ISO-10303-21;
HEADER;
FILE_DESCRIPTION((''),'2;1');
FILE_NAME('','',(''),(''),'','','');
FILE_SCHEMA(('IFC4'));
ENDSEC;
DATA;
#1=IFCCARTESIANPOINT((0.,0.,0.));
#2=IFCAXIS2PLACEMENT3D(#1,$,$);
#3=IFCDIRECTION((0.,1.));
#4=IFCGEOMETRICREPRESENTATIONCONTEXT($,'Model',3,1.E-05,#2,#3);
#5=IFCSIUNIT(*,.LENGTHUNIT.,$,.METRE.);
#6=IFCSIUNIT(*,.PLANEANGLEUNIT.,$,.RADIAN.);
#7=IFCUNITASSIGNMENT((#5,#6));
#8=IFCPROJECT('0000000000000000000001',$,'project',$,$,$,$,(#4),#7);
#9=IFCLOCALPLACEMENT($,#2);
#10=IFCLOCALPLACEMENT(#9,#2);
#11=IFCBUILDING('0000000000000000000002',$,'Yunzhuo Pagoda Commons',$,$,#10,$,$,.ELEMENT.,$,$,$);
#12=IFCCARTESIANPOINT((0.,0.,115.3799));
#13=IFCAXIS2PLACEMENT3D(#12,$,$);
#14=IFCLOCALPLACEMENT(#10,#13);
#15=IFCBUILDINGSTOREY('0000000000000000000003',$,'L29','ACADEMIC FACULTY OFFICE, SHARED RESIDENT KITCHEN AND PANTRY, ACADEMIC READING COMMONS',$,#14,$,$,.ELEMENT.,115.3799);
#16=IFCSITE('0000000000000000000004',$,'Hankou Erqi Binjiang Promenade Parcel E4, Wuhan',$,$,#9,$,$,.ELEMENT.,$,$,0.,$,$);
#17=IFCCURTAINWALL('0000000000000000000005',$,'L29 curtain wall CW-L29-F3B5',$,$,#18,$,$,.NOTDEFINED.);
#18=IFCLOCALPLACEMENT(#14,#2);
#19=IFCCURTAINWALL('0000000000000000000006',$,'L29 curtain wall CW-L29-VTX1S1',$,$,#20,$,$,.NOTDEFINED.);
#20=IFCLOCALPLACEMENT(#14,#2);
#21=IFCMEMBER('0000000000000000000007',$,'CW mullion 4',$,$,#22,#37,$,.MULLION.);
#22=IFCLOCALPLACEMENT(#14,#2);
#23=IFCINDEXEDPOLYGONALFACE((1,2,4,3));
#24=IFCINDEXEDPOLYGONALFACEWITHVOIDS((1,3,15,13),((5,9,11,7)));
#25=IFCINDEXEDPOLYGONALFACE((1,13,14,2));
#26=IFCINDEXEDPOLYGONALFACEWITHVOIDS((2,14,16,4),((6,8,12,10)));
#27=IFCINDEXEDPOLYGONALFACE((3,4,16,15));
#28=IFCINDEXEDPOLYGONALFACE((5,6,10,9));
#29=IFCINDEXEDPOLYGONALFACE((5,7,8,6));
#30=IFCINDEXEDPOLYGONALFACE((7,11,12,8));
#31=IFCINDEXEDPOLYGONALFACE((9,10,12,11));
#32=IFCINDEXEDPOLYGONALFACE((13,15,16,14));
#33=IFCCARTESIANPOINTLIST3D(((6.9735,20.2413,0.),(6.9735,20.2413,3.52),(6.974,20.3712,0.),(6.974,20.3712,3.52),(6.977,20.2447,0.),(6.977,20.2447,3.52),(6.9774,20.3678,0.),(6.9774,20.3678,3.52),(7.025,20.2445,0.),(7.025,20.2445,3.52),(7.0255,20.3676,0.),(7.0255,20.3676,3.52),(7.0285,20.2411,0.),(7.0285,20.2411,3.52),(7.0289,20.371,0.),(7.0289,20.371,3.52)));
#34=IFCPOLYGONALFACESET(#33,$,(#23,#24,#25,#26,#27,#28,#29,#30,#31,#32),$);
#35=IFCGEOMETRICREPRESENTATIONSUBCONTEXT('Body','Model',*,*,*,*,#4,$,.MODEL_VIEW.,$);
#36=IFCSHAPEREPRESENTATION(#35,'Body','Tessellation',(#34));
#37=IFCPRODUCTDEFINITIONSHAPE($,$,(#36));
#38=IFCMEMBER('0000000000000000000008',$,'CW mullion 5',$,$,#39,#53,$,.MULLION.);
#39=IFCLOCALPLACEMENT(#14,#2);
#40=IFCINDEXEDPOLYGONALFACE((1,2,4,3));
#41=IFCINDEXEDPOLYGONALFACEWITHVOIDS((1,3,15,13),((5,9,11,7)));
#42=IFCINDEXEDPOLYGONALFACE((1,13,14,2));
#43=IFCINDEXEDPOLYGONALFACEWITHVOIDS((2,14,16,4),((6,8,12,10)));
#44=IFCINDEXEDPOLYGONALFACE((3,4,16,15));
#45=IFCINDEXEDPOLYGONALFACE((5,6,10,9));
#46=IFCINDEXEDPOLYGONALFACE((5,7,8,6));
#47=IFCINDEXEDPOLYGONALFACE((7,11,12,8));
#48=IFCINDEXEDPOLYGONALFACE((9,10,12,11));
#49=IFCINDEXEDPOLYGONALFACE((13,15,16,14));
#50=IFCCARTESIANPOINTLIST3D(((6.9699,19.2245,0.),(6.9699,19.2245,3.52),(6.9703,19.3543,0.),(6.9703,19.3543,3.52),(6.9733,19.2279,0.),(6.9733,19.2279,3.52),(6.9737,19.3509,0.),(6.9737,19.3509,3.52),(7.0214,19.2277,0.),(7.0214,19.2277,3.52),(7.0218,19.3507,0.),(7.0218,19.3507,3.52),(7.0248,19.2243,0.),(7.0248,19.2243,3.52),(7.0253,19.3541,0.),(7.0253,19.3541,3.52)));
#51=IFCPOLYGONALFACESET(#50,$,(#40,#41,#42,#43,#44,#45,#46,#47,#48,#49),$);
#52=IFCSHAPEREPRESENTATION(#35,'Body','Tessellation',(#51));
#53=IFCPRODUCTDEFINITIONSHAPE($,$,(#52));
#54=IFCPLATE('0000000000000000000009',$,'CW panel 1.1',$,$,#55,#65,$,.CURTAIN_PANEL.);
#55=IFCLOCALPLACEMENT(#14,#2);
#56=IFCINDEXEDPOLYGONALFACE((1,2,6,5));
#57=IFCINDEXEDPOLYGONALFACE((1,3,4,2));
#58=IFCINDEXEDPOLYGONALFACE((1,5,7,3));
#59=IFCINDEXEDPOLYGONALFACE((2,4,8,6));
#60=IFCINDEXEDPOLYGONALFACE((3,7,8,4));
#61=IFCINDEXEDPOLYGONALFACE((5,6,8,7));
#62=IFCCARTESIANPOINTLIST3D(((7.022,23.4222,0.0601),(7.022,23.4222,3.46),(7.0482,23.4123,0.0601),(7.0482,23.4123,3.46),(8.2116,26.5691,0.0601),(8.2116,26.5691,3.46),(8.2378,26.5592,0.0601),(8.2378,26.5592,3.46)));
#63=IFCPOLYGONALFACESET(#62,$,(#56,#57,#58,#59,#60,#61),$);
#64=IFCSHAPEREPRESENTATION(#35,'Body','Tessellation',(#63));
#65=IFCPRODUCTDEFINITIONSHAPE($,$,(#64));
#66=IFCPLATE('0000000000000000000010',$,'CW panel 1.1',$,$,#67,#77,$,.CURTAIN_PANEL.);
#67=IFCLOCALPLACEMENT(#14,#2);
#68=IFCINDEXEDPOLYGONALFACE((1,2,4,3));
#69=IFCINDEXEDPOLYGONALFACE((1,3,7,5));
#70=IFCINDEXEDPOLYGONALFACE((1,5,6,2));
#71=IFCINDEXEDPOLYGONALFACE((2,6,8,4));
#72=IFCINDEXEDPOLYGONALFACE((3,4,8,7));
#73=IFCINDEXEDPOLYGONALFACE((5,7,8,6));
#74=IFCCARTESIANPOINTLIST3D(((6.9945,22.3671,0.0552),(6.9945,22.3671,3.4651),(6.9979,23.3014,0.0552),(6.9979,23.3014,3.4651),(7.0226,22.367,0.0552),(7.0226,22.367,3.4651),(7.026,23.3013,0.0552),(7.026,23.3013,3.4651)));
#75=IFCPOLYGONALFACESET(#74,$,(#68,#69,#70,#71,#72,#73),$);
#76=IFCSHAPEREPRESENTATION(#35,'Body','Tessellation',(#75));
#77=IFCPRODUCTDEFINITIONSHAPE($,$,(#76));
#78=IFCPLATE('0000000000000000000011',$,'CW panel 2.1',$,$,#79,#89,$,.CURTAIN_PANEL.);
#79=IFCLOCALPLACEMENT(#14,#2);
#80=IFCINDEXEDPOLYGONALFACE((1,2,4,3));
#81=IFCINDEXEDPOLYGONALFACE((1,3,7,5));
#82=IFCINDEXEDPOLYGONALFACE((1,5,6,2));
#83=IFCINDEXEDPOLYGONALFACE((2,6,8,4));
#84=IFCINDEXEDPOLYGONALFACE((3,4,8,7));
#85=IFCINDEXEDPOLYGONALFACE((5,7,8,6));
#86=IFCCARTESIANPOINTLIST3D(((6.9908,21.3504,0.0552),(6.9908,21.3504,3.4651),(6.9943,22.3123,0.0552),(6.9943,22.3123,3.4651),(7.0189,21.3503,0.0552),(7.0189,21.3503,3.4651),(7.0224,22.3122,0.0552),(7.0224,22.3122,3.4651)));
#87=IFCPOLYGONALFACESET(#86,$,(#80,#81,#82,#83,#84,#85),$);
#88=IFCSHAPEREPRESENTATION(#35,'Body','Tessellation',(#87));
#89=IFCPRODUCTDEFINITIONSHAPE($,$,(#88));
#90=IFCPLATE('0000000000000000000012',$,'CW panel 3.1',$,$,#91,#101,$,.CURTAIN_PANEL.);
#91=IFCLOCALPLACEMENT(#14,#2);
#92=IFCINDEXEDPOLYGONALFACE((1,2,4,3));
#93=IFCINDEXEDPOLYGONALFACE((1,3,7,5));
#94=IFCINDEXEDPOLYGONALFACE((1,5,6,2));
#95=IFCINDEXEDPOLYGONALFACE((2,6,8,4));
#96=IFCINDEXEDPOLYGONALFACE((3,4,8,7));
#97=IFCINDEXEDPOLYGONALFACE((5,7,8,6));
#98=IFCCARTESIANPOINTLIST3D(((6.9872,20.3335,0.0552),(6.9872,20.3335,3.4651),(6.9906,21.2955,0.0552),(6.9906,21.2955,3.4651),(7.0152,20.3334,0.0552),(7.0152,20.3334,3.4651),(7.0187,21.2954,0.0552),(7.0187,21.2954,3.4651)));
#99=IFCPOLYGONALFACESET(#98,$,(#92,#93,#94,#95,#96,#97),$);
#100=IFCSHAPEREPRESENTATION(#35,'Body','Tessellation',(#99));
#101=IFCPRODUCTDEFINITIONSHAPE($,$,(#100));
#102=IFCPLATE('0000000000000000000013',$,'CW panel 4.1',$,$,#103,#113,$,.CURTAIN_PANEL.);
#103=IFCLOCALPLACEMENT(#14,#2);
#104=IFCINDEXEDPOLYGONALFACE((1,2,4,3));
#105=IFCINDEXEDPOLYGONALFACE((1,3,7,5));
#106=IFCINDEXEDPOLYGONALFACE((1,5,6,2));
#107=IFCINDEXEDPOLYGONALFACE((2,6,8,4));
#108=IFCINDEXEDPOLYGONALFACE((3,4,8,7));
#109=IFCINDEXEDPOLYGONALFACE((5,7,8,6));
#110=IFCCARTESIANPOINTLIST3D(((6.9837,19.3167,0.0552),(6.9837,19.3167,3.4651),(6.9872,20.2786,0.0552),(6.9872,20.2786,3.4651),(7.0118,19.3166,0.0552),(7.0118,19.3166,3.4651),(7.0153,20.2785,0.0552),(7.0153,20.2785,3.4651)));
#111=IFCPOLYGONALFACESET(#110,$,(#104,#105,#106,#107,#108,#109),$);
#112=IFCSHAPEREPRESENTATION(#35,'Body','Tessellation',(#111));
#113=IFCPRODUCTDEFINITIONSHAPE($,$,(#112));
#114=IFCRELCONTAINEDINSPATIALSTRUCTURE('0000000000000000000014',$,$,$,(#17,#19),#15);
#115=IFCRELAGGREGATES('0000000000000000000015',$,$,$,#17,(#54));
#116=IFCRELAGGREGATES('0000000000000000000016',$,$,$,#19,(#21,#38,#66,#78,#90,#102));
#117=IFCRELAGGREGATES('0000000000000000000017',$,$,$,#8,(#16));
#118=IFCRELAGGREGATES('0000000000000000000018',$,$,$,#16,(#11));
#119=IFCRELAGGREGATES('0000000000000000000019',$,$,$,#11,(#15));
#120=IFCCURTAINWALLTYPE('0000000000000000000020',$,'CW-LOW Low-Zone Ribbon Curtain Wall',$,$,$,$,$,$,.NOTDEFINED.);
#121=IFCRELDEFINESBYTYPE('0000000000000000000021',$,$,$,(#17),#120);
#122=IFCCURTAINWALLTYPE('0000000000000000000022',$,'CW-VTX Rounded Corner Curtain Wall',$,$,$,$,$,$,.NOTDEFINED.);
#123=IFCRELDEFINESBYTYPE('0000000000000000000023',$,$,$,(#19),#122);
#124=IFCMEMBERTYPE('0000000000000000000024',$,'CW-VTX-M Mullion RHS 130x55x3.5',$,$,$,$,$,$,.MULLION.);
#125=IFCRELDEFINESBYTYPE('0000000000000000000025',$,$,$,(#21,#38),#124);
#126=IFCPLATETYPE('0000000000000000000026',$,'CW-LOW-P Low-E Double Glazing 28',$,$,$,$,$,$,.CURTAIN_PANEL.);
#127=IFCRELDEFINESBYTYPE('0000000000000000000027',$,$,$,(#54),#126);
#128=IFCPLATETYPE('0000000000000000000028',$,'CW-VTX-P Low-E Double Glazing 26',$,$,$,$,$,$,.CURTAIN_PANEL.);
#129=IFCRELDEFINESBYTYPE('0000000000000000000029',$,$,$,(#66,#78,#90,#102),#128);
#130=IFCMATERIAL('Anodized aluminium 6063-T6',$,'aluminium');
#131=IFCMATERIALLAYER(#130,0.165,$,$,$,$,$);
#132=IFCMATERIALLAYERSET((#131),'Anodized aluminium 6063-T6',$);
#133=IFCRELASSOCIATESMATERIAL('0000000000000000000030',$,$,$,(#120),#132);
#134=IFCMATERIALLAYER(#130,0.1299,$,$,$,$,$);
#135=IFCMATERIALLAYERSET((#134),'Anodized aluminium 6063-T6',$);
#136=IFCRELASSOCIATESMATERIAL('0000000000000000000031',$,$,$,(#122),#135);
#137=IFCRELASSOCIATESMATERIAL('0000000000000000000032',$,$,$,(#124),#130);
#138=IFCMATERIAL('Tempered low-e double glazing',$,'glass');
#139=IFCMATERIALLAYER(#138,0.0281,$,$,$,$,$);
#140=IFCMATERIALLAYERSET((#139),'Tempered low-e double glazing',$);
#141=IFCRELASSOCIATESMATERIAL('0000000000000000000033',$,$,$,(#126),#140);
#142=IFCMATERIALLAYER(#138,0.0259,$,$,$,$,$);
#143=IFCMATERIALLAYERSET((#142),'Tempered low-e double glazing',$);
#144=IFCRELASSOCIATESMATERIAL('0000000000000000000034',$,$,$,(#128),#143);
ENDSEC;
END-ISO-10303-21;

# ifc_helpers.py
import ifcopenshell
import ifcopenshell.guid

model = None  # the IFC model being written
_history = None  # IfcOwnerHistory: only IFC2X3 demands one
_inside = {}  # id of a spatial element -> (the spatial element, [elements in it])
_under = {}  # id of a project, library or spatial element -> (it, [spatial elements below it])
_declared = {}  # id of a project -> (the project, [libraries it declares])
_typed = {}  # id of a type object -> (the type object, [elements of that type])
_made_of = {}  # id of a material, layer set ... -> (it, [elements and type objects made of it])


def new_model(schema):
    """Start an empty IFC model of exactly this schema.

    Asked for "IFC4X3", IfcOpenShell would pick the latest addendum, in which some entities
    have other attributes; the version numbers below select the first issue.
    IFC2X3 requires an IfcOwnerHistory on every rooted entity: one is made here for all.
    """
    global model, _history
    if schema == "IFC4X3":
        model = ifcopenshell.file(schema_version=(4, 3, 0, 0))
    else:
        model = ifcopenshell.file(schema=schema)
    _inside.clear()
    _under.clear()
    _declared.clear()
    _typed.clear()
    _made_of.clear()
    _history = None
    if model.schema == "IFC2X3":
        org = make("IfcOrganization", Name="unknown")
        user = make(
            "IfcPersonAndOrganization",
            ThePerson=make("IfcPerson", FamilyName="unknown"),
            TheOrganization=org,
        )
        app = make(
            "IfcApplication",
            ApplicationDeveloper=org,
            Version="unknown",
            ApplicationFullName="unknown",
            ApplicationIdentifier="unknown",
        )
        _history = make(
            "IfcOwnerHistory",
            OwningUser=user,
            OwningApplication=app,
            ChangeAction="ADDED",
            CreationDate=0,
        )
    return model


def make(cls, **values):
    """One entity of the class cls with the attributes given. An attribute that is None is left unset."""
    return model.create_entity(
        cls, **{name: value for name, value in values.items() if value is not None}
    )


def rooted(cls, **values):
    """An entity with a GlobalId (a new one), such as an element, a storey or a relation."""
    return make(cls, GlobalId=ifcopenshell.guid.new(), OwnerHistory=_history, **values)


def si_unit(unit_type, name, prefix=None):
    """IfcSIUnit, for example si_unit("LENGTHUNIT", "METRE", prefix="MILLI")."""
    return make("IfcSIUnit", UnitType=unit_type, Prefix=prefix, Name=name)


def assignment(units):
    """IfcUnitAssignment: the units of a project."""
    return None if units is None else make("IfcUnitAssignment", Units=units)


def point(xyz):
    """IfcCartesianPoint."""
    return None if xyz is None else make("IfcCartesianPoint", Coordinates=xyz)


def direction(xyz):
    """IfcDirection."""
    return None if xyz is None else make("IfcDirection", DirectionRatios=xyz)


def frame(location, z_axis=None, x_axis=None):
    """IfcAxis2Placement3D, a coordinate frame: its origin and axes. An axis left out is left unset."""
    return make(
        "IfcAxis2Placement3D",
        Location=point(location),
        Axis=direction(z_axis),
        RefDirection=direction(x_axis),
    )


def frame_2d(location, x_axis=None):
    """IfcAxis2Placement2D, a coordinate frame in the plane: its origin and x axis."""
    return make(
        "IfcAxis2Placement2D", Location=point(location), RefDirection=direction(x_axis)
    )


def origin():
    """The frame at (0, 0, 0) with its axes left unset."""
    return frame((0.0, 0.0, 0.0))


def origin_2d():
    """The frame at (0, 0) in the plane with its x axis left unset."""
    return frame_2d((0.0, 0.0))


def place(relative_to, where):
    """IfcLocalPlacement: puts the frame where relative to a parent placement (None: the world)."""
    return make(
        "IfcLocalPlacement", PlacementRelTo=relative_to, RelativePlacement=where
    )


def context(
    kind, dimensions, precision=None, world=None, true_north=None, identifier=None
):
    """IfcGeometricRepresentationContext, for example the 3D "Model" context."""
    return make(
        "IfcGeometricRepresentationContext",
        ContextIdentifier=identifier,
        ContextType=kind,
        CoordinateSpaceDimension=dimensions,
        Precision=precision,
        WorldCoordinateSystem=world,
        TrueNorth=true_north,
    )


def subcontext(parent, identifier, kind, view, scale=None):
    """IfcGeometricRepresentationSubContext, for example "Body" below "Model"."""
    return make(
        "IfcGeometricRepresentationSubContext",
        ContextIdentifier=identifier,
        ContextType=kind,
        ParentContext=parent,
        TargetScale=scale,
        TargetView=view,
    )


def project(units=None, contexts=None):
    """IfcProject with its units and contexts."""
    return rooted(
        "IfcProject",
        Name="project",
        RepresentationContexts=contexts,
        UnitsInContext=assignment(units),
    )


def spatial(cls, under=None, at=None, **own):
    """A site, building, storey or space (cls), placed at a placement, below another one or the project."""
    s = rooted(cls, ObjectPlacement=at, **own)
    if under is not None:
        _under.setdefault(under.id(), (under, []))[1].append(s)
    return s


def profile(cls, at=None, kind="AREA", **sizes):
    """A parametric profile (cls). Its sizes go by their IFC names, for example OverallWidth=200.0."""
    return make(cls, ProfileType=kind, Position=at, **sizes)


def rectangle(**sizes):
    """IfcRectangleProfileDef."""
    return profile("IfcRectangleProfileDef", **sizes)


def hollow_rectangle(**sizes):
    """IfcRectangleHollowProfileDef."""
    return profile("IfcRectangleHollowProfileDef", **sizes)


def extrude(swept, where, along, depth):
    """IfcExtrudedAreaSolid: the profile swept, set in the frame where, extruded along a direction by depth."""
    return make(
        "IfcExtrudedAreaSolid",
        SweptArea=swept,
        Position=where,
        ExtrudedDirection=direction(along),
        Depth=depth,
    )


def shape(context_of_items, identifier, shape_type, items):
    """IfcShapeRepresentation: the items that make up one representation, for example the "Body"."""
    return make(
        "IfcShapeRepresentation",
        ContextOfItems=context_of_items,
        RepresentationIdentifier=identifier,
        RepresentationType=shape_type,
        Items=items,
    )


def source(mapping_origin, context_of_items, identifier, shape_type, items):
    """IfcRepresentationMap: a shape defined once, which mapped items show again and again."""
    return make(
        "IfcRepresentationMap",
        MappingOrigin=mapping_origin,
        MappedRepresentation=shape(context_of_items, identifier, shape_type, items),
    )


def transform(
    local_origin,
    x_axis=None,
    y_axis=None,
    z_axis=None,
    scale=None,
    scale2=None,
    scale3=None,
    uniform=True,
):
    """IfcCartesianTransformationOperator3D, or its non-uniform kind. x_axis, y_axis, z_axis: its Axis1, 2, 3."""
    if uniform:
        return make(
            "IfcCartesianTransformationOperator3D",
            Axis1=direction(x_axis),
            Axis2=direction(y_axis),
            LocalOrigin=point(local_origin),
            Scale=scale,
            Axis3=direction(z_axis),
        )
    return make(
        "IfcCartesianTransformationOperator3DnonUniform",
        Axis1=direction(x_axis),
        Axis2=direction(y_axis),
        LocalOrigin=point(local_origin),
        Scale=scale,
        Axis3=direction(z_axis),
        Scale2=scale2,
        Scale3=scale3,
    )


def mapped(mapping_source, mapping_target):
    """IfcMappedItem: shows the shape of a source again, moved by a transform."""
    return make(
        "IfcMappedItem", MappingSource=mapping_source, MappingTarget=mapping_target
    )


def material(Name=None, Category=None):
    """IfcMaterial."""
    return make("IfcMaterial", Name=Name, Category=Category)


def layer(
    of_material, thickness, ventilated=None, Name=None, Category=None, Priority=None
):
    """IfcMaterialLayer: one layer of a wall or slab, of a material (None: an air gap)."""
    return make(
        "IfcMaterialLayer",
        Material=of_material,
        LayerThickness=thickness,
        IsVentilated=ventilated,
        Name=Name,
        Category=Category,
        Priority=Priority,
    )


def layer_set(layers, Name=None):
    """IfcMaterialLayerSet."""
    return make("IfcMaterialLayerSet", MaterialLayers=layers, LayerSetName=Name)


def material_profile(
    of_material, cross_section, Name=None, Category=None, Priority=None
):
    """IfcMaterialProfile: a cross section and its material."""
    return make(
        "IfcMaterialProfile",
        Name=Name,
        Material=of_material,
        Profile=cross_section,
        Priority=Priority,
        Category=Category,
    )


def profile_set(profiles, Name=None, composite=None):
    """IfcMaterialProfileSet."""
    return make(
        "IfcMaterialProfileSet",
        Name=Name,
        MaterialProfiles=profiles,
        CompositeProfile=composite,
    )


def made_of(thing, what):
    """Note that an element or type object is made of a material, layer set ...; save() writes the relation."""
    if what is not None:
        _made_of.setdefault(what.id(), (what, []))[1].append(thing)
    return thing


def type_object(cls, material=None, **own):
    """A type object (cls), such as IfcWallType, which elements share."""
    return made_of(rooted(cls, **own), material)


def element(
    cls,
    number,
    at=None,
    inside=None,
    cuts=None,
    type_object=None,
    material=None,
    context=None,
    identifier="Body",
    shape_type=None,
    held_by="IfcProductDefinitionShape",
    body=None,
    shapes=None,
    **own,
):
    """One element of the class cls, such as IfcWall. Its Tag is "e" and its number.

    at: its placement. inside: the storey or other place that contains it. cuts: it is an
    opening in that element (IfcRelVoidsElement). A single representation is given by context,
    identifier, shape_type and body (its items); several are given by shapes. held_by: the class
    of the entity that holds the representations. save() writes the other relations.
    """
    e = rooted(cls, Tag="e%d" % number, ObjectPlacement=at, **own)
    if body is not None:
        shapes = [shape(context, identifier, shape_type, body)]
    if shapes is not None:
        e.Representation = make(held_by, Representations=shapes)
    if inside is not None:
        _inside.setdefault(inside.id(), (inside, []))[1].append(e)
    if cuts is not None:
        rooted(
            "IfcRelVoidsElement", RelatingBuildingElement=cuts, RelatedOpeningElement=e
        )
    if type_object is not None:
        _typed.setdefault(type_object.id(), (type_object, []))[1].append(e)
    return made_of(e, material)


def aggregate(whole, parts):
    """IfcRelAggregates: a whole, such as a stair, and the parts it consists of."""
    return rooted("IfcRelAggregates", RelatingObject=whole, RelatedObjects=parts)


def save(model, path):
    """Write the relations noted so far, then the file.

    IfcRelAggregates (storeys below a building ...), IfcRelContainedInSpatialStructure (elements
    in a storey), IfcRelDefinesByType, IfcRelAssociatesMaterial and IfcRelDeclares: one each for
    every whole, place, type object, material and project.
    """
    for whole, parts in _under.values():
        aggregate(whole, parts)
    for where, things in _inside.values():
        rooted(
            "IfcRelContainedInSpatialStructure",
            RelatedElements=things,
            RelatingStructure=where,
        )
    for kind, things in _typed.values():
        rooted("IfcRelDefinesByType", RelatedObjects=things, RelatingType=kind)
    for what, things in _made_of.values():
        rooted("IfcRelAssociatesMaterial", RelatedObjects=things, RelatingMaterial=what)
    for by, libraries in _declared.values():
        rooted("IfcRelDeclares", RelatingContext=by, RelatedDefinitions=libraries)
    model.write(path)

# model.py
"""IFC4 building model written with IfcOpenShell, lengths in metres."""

from ifc_helpers import new_model, si_unit, direction, frame, origin, origin_2d, place, context, subcontext, project, spatial, rectangle, hollow_rectangle, extrude, source, transform, mapped, material, layer, layer_set, material_profile, profile_set, type_object, element, aggregate, save


model = new_model("IFC4")

# Units and contexts
model_context = context("Model", 3, precision=1e-05, world=origin(), true_north=direction((0.0, 1.0)))
body_context = subcontext(model_context, "Body", "Model", "MODEL_VIEW")
ifc_project = project(units=[si_unit("LENGTHUNIT", "METRE"), si_unit("PLANEANGLEUNIT", "RADIAN")], contexts=[model_context])

# Site, building, storey
site_placement = place(None, origin())
site = spatial("IfcSite", under=ifc_project, at=site_placement, Name="Hankou Erqi Binjiang Promenade Parcel E4, Wuhan", CompositionType="ELEMENT", RefElevation=0.0)
building_placement = place(site_placement, origin())
building = spatial("IfcBuilding", under=site, at=building_placement, Name="Yunzhuo Pagoda Commons", CompositionType="ELEMENT")
storey_placement = place(building_placement, frame((0.0, 0.0, 115.3799)))
storey = spatial("IfcBuildingStorey", under=building, at=storey_placement, Name="L29", Description="ACADEMIC FACULTY OFFICE, SHARED RESIDENT KITCHEN AND PANTRY, ACADEMIC READING COMMONS", CompositionType="ELEMENT", Elevation=115.3799)

# Curtain walls
ifc_material_1 = material(Name="Anodized aluminium 6063-T6", Category="aluminium")
ifc_layer_1 = layer(ifc_material_1, 0.165)
ifc_layer_set_1 = layer_set([ifc_layer_1], Name="Anodized aluminium 6063-T6")
curtain_wall_type_1 = type_object("IfcCurtainWallType", Name="CW-LOW Low-Zone Ribbon Curtain Wall", PredefinedType="NOTDEFINED", material=ifc_layer_set_1)
curtain_wall_1_placement = place(storey_placement, origin())
curtain_wall_1 = element("IfcCurtainWall", 1, at=curtain_wall_1_placement, inside=storey, type_object=curtain_wall_type_1, Name="L29 curtain wall CW-L29-F3B5", PredefinedType="NOTDEFINED")
ifc_layer_2 = layer(ifc_material_1, 0.1299)
ifc_layer_set_2 = layer_set([ifc_layer_2], Name="Anodized aluminium 6063-T6")
curtain_wall_type_2 = type_object("IfcCurtainWallType", Name="CW-VTX Rounded Corner Curtain Wall", PredefinedType="NOTDEFINED", material=ifc_layer_set_2)
curtain_wall_2_placement = place(storey_placement, origin())
curtain_wall_2 = element("IfcCurtainWall", 2, at=curtain_wall_2_placement, inside=storey, type_object=curtain_wall_type_2, Name="L29 curtain wall CW-L29-VTX1S1", PredefinedType="NOTDEFINED")

# Members
ifc_material_profile_1 = material_profile(ifc_material_1, hollow_rectangle(XDim=0.0549, YDim=0.1299, WallThickness=0.0034, at=origin_2d()), Name="Anodized aluminium 6063-T6")
ifc_profile_set_1 = profile_set([ifc_material_profile_1], Name="Anodized aluminium 6063-T6")
member_type_1 = type_object("IfcMemberType", Name="CW-VTX-M Mullion RHS 130x55x3.5", PredefinedType="MULLION", material=ifc_profile_set_1)
shared_shape_1 = source(origin(), body_context, "Body", "SweptSolid", [
    extrude(hollow_rectangle(XDim=0.0549, YDim=0.1299, WallThickness=0.0034, at=origin_2d()), origin(), (0.0, 0.0, 1.0), 3.52),
])
member_1_placement = place(storey_placement, frame((7.0012, 20.3062, 0.0), z_axis=(0.0, 0.0, 1.0), x_axis=(0.999994, -0.003599, 0.0)))
member_1 = element("IfcMember", 3, at=member_1_placement, type_object=member_type_1, Name="CW mullion 4", PredefinedType="MULLION", context=body_context, shape_type="MappedRepresentation", body=[
    mapped(shared_shape_1, transform((0.0, 0.0, 0.0), scale=1.0)),
])
member_2_placement = place(storey_placement, frame((6.9976, 19.2893, 0.0), z_axis=(0.0, 0.0, 1.0), x_axis=(0.999994, -0.003599, 0.0)))
member_2 = element("IfcMember", 4, at=member_2_placement, type_object=member_type_1, Name="CW mullion 5", PredefinedType="MULLION", context=body_context, shape_type="MappedRepresentation", body=[
    mapped(shared_shape_1, transform((0.0, 0.0, 0.0), scale=1.0)),
])

# Plates
ifc_material_2 = material(Name="Tempered low-e double glazing", Category="glass")
ifc_layer_3 = layer(ifc_material_2, 0.0281)
ifc_layer_set_3 = layer_set([ifc_layer_3], Name="Tempered low-e double glazing")
plate_type_1 = type_object("IfcPlateType", Name="CW-LOW-P Low-E Double Glazing 28", PredefinedType="CURTAIN_PANEL", material=ifc_layer_set_3)
shared_shape_2 = source(origin(), body_context, "Body", "SweptSolid", [
    extrude(rectangle(XDim=3.3643, YDim=0.0281, at=origin_2d()), origin(), (0.0, 0.0, 1.0), 3.3999),
])
plate_1_placement = place(storey_placement, frame((7.6299, 24.9907, 0.0601), z_axis=(0.0, 0.0, 1.0), x_axis=(-0.3536, -0.935397, 0.0)))
plate_1 = element("IfcPlate", 5, at=plate_1_placement, type_object=plate_type_1, Name="CW panel 1.1", PredefinedType="CURTAIN_PANEL", context=body_context, shape_type="MappedRepresentation", body=[
    mapped(shared_shape_2, transform((0.0, 0.0, 0.0), scale=1.0)),
])
aggregate(curtain_wall_1, [plate_1])
ifc_layer_4 = layer(ifc_material_2, 0.0259)
ifc_layer_set_4 = layer_set([ifc_layer_4], Name="Tempered low-e double glazing")
plate_type_2 = type_object("IfcPlateType", Name="CW-VTX-P Low-E Double Glazing 26", PredefinedType="CURTAIN_PANEL", material=ifc_layer_set_4)
shared_shape_3 = source(origin(), body_context, "Body", "SweptSolid", [
    extrude(rectangle(XDim=0.9343, YDim=0.0281, at=origin_2d()), origin(), (0.0, 0.0, 1.0), 3.4099),
])
plate_2_placement = place(storey_placement, frame((7.0103, 22.8342, 0.0552), z_axis=(0.0, 0.0, 1.0), x_axis=(-0.003599, -0.999994, 0.0)))
plate_2 = element("IfcPlate", 6, at=plate_2_placement, type_object=plate_type_2, Name="CW panel 1.1", PredefinedType="CURTAIN_PANEL", context=body_context, shape_type="MappedRepresentation", body=[
    mapped(shared_shape_3, transform((0.0, 0.0, 0.0), scale=1.0)),
])
shared_shape_4 = source(origin(), body_context, "Body", "SweptSolid", [
    extrude(rectangle(XDim=0.9619, YDim=0.0281, at=origin_2d()), origin(), (0.0, 0.0, 1.0), 3.4099),
])
plate_3_placement = place(storey_placement, frame((7.0066, 21.8313, 0.0552), z_axis=(0.0, 0.0, 1.0), x_axis=(-0.003599, -0.999994, 0.0)))
plate_3 = element("IfcPlate", 7, at=plate_3_placement, type_object=plate_type_2, Name="CW panel 2.1", PredefinedType="CURTAIN_PANEL", context=body_context, shape_type="MappedRepresentation", body=[
    mapped(shared_shape_4, transform((0.0, 0.0, 0.0), scale=1.0)),
])
plate_4_placement = place(storey_placement, frame((7.0029, 20.8145, 0.0552), z_axis=(0.0, 0.0, 1.0), x_axis=(-0.003599, -0.999994, 0.0)))
plate_4 = element("IfcPlate", 8, at=plate_4_placement, type_object=plate_type_2, Name="CW panel 3.1", PredefinedType="CURTAIN_PANEL", context=body_context, shape_type="MappedRepresentation", body=[
    mapped(shared_shape_4, transform((0.0, 0.0, 0.0), scale=1.0)),
])
plate_5_placement = place(storey_placement, frame((6.9995, 19.7976, 0.0552), z_axis=(0.0, 0.0, 1.0), x_axis=(-0.003599, -0.999994, 0.0)))
plate_5 = element("IfcPlate", 9, at=plate_5_placement, type_object=plate_type_2, Name="CW panel 4.1", PredefinedType="CURTAIN_PANEL", context=body_context, shape_type="MappedRepresentation", body=[
    mapped(shared_shape_4, transform((0.0, 0.0, 0.0), scale=1.0)),
])
aggregate(curtain_wall_2, [member_1, member_2, plate_2, plate_3, plate_4, plate_5])

save(model, "model.ifc")
